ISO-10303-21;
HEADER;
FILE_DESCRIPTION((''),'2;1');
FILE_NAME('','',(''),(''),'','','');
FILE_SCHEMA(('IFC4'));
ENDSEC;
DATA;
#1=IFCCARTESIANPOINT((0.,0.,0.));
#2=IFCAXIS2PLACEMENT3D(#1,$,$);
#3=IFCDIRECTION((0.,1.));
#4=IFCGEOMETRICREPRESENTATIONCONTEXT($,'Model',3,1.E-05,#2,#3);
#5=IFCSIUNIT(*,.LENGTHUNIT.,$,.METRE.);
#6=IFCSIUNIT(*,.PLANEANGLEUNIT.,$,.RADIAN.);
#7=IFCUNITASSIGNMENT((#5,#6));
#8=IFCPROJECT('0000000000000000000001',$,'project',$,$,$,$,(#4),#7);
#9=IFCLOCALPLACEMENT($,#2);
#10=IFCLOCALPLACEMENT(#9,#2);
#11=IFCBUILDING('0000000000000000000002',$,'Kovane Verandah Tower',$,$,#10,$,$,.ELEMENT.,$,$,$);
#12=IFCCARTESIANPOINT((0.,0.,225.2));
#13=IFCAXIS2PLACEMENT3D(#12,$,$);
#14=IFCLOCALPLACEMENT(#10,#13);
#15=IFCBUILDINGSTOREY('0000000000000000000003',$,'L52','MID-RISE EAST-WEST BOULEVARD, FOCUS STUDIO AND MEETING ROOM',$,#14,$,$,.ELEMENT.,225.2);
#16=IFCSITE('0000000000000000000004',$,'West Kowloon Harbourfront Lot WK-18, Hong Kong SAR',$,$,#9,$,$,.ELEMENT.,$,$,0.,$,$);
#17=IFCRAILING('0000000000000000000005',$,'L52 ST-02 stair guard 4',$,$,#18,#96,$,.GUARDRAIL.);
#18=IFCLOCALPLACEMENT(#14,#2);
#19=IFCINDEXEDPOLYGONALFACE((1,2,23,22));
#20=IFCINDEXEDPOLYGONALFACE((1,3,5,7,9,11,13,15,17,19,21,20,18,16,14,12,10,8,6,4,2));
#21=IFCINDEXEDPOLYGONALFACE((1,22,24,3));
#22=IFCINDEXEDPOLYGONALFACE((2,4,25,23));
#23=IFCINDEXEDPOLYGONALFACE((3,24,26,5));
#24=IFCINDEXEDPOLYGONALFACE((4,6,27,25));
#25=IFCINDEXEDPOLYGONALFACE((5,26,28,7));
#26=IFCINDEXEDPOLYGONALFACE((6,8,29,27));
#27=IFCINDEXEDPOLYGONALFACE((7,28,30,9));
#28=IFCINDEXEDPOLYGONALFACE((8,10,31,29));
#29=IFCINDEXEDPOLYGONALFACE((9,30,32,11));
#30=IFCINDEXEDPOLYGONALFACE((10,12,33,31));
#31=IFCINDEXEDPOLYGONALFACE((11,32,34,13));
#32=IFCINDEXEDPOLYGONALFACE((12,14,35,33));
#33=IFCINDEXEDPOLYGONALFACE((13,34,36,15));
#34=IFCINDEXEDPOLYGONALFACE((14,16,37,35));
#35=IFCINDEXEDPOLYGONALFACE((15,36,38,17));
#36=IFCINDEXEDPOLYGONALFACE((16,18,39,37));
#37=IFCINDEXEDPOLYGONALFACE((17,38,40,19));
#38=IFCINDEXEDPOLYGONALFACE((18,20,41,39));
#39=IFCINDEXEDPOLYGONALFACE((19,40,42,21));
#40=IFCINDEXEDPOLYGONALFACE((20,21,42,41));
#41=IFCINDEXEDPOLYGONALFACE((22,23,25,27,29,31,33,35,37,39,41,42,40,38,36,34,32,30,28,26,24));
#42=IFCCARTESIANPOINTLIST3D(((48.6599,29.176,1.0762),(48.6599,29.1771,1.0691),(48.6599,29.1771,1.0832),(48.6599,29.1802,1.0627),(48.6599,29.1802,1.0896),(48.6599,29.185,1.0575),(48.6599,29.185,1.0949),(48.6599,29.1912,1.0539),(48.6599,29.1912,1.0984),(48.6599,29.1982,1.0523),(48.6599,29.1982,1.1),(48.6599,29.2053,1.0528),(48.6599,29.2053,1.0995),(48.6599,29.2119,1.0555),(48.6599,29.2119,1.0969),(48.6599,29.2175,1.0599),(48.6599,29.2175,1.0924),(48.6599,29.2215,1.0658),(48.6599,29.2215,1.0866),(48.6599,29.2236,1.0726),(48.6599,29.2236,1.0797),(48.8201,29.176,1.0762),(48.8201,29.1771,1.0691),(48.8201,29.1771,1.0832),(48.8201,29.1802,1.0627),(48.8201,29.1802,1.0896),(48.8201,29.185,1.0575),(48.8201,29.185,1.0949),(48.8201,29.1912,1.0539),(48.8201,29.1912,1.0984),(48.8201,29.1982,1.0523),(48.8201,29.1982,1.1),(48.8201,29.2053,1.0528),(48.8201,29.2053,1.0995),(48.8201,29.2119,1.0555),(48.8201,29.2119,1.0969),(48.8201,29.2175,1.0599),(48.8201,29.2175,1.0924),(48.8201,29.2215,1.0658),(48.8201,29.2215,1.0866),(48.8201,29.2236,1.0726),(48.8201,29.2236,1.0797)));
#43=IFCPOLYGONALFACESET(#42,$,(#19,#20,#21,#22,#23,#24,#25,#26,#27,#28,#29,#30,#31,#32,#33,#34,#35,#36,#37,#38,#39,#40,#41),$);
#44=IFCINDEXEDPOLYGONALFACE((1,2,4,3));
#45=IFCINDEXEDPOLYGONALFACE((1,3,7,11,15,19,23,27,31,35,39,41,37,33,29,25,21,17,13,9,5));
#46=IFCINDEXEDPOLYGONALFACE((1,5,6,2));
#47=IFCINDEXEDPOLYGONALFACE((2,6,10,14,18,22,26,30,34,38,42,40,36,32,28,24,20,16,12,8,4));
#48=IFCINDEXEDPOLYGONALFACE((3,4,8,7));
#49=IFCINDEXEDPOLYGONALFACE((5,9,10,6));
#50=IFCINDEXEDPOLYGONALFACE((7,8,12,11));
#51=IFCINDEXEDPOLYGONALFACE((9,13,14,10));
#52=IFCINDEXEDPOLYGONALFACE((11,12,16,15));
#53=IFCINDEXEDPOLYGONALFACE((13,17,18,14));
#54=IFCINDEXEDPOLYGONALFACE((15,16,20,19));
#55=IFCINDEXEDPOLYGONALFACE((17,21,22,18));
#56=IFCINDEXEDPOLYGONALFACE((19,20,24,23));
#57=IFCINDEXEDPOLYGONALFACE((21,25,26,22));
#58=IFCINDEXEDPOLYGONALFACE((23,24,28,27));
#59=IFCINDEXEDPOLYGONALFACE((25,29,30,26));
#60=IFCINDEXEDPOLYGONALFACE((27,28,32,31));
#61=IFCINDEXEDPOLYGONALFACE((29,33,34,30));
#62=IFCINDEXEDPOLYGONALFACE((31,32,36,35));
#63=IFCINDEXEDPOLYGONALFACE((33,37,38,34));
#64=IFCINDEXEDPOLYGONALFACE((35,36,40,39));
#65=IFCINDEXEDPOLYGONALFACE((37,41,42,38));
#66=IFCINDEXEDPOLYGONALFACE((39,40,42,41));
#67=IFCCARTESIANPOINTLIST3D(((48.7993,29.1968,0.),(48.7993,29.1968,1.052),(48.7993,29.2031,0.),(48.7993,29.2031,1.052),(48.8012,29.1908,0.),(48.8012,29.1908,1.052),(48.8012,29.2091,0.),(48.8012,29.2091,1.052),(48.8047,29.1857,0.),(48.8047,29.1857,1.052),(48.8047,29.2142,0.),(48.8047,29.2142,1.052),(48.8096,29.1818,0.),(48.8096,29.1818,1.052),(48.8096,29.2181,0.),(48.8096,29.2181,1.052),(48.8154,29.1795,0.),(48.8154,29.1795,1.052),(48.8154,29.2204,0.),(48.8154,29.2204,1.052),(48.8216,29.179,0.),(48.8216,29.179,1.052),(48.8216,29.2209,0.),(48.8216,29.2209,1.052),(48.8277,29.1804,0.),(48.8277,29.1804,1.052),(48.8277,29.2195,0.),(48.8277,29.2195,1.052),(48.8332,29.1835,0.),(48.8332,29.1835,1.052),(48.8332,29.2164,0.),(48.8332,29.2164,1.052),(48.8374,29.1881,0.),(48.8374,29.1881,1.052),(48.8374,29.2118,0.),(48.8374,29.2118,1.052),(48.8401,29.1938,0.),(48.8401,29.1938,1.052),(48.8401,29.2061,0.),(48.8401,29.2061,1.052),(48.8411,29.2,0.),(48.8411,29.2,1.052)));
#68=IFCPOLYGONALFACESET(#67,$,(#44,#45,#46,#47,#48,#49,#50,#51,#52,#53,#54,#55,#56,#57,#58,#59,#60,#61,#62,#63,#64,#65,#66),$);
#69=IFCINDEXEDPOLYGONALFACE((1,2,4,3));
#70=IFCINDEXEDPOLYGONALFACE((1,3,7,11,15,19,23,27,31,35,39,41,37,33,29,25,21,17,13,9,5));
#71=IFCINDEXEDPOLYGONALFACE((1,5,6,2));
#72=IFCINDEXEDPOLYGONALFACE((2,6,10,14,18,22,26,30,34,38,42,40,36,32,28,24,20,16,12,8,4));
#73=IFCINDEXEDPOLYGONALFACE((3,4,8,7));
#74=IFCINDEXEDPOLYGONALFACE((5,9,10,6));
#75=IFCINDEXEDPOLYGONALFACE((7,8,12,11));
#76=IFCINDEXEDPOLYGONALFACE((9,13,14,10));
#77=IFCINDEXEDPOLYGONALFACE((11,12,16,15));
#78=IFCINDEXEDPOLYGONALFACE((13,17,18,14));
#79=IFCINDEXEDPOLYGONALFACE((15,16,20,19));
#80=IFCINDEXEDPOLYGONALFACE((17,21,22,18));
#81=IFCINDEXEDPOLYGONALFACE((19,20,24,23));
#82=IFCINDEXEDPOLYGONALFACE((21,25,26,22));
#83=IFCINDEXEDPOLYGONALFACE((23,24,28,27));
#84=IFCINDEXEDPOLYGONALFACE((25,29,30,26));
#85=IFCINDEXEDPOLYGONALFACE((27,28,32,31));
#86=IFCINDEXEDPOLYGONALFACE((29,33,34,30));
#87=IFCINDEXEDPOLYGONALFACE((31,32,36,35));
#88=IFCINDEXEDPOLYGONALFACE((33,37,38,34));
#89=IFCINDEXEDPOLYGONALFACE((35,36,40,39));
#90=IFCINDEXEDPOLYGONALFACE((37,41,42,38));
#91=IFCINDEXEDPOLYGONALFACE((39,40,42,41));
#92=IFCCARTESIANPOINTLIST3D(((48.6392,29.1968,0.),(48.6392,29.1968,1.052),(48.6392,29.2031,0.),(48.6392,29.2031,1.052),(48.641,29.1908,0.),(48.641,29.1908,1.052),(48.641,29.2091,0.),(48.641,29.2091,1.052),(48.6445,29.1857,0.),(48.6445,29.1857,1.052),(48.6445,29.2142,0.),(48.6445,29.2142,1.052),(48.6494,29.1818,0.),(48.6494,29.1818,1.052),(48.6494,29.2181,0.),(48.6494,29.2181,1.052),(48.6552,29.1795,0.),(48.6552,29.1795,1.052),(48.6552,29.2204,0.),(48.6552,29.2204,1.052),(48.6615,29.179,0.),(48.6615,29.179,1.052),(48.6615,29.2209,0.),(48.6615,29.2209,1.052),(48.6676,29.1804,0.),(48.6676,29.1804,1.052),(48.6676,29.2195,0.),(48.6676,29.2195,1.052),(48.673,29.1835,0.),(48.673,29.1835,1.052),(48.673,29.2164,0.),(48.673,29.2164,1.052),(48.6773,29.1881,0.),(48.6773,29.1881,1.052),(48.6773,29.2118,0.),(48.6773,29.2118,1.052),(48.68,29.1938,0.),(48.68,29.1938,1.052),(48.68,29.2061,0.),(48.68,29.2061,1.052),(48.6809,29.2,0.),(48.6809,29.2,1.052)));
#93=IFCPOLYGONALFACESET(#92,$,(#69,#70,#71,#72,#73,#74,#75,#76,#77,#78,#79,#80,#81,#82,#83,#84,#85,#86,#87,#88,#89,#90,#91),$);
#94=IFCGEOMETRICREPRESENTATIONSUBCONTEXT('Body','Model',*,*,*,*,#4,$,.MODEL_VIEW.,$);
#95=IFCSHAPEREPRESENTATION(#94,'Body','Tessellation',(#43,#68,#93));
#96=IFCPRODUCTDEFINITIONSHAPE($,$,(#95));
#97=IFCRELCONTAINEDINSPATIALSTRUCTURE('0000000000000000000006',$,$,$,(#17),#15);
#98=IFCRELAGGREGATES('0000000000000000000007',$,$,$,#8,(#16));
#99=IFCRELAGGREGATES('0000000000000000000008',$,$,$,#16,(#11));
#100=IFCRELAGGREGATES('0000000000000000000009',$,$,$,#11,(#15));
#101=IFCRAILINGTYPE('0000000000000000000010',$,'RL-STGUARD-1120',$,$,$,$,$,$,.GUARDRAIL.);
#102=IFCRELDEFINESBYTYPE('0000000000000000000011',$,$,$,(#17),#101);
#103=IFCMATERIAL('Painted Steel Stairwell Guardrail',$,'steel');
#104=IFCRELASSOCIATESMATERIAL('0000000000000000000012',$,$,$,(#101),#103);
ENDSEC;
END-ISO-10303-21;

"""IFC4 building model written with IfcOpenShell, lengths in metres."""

from ifc_helpers import new_model, si_unit, direction, frame, origin, origin_2d, place, context, subcontext, project, spatial, circle, extrude, material, type_object, element, save


model = new_model("IFC4")

# Units and contexts
model_context = context("Model", 3, precision=1e-05, world=origin(), true_north=direction((0.0, 1.0)))
body_context = subcontext(model_context, "Body", "Model", "MODEL_VIEW")
ifc_project = project(units=[si_unit("LENGTHUNIT", "METRE"), si_unit("PLANEANGLEUNIT", "RADIAN")], contexts=[model_context])

# Site, building, storey
site_placement = place(None, origin())
site = spatial("IfcSite", under=ifc_project, at=site_placement, Name="West Kowloon Harbourfront Lot WK-18, Hong Kong SAR", CompositionType="ELEMENT", RefElevation=0.0)
building_placement = place(site_placement, origin())
building = spatial("IfcBuilding", under=site, at=building_placement, Name="Kovane Verandah Tower", CompositionType="ELEMENT")
storey_placement = place(building_placement, frame((0.0, 0.0, 225.2)))
storey = spatial("IfcBuildingStorey", under=building, at=storey_placement, Name="L52", Description="MID-RISE EAST-WEST BOULEVARD, FOCUS STUDIO AND MEETING ROOM", CompositionType="ELEMENT", Elevation=225.2)

# Railing
ifc_material_1 = material(Name="Painted Steel Stairwell Guardrail", Category="steel")
railing_type_1 = type_object("IfcRailingType", Name="RL-STGUARD-1120", PredefinedType="GUARDRAIL", material=ifc_material_1)
railing_1_placement = place(storey_placement, frame((48.8201, 29.2, 0.0)))
element("IfcRailing", 1, at=railing_1_placement, inside=storey, type_object=railing_type_1, Name="L52 ST-02 stair guard 4", PredefinedType="GUARDRAIL", context=body_context, shape_type="SweptSolid", body=[
    extrude(circle(Radius=0.0239, at=origin_2d()), frame((0.0, 0.0, 1.0762), z_axis=(-1.0, 0.0, 0.0), x_axis=(0.0, -1.0, 0.0)), (0.0, 0.0, 1.0), 0.1602),
    extrude(circle(Radius=0.021, at=origin_2d()), origin(), (0.0, 0.0, 1.0), 1.052),
    extrude(circle(Radius=0.021, at=origin_2d()), frame((-0.1602, 0.0, 0.0)), (0.0, 0.0, 1.0), 1.052),
])

save(model, "model.ifc")
